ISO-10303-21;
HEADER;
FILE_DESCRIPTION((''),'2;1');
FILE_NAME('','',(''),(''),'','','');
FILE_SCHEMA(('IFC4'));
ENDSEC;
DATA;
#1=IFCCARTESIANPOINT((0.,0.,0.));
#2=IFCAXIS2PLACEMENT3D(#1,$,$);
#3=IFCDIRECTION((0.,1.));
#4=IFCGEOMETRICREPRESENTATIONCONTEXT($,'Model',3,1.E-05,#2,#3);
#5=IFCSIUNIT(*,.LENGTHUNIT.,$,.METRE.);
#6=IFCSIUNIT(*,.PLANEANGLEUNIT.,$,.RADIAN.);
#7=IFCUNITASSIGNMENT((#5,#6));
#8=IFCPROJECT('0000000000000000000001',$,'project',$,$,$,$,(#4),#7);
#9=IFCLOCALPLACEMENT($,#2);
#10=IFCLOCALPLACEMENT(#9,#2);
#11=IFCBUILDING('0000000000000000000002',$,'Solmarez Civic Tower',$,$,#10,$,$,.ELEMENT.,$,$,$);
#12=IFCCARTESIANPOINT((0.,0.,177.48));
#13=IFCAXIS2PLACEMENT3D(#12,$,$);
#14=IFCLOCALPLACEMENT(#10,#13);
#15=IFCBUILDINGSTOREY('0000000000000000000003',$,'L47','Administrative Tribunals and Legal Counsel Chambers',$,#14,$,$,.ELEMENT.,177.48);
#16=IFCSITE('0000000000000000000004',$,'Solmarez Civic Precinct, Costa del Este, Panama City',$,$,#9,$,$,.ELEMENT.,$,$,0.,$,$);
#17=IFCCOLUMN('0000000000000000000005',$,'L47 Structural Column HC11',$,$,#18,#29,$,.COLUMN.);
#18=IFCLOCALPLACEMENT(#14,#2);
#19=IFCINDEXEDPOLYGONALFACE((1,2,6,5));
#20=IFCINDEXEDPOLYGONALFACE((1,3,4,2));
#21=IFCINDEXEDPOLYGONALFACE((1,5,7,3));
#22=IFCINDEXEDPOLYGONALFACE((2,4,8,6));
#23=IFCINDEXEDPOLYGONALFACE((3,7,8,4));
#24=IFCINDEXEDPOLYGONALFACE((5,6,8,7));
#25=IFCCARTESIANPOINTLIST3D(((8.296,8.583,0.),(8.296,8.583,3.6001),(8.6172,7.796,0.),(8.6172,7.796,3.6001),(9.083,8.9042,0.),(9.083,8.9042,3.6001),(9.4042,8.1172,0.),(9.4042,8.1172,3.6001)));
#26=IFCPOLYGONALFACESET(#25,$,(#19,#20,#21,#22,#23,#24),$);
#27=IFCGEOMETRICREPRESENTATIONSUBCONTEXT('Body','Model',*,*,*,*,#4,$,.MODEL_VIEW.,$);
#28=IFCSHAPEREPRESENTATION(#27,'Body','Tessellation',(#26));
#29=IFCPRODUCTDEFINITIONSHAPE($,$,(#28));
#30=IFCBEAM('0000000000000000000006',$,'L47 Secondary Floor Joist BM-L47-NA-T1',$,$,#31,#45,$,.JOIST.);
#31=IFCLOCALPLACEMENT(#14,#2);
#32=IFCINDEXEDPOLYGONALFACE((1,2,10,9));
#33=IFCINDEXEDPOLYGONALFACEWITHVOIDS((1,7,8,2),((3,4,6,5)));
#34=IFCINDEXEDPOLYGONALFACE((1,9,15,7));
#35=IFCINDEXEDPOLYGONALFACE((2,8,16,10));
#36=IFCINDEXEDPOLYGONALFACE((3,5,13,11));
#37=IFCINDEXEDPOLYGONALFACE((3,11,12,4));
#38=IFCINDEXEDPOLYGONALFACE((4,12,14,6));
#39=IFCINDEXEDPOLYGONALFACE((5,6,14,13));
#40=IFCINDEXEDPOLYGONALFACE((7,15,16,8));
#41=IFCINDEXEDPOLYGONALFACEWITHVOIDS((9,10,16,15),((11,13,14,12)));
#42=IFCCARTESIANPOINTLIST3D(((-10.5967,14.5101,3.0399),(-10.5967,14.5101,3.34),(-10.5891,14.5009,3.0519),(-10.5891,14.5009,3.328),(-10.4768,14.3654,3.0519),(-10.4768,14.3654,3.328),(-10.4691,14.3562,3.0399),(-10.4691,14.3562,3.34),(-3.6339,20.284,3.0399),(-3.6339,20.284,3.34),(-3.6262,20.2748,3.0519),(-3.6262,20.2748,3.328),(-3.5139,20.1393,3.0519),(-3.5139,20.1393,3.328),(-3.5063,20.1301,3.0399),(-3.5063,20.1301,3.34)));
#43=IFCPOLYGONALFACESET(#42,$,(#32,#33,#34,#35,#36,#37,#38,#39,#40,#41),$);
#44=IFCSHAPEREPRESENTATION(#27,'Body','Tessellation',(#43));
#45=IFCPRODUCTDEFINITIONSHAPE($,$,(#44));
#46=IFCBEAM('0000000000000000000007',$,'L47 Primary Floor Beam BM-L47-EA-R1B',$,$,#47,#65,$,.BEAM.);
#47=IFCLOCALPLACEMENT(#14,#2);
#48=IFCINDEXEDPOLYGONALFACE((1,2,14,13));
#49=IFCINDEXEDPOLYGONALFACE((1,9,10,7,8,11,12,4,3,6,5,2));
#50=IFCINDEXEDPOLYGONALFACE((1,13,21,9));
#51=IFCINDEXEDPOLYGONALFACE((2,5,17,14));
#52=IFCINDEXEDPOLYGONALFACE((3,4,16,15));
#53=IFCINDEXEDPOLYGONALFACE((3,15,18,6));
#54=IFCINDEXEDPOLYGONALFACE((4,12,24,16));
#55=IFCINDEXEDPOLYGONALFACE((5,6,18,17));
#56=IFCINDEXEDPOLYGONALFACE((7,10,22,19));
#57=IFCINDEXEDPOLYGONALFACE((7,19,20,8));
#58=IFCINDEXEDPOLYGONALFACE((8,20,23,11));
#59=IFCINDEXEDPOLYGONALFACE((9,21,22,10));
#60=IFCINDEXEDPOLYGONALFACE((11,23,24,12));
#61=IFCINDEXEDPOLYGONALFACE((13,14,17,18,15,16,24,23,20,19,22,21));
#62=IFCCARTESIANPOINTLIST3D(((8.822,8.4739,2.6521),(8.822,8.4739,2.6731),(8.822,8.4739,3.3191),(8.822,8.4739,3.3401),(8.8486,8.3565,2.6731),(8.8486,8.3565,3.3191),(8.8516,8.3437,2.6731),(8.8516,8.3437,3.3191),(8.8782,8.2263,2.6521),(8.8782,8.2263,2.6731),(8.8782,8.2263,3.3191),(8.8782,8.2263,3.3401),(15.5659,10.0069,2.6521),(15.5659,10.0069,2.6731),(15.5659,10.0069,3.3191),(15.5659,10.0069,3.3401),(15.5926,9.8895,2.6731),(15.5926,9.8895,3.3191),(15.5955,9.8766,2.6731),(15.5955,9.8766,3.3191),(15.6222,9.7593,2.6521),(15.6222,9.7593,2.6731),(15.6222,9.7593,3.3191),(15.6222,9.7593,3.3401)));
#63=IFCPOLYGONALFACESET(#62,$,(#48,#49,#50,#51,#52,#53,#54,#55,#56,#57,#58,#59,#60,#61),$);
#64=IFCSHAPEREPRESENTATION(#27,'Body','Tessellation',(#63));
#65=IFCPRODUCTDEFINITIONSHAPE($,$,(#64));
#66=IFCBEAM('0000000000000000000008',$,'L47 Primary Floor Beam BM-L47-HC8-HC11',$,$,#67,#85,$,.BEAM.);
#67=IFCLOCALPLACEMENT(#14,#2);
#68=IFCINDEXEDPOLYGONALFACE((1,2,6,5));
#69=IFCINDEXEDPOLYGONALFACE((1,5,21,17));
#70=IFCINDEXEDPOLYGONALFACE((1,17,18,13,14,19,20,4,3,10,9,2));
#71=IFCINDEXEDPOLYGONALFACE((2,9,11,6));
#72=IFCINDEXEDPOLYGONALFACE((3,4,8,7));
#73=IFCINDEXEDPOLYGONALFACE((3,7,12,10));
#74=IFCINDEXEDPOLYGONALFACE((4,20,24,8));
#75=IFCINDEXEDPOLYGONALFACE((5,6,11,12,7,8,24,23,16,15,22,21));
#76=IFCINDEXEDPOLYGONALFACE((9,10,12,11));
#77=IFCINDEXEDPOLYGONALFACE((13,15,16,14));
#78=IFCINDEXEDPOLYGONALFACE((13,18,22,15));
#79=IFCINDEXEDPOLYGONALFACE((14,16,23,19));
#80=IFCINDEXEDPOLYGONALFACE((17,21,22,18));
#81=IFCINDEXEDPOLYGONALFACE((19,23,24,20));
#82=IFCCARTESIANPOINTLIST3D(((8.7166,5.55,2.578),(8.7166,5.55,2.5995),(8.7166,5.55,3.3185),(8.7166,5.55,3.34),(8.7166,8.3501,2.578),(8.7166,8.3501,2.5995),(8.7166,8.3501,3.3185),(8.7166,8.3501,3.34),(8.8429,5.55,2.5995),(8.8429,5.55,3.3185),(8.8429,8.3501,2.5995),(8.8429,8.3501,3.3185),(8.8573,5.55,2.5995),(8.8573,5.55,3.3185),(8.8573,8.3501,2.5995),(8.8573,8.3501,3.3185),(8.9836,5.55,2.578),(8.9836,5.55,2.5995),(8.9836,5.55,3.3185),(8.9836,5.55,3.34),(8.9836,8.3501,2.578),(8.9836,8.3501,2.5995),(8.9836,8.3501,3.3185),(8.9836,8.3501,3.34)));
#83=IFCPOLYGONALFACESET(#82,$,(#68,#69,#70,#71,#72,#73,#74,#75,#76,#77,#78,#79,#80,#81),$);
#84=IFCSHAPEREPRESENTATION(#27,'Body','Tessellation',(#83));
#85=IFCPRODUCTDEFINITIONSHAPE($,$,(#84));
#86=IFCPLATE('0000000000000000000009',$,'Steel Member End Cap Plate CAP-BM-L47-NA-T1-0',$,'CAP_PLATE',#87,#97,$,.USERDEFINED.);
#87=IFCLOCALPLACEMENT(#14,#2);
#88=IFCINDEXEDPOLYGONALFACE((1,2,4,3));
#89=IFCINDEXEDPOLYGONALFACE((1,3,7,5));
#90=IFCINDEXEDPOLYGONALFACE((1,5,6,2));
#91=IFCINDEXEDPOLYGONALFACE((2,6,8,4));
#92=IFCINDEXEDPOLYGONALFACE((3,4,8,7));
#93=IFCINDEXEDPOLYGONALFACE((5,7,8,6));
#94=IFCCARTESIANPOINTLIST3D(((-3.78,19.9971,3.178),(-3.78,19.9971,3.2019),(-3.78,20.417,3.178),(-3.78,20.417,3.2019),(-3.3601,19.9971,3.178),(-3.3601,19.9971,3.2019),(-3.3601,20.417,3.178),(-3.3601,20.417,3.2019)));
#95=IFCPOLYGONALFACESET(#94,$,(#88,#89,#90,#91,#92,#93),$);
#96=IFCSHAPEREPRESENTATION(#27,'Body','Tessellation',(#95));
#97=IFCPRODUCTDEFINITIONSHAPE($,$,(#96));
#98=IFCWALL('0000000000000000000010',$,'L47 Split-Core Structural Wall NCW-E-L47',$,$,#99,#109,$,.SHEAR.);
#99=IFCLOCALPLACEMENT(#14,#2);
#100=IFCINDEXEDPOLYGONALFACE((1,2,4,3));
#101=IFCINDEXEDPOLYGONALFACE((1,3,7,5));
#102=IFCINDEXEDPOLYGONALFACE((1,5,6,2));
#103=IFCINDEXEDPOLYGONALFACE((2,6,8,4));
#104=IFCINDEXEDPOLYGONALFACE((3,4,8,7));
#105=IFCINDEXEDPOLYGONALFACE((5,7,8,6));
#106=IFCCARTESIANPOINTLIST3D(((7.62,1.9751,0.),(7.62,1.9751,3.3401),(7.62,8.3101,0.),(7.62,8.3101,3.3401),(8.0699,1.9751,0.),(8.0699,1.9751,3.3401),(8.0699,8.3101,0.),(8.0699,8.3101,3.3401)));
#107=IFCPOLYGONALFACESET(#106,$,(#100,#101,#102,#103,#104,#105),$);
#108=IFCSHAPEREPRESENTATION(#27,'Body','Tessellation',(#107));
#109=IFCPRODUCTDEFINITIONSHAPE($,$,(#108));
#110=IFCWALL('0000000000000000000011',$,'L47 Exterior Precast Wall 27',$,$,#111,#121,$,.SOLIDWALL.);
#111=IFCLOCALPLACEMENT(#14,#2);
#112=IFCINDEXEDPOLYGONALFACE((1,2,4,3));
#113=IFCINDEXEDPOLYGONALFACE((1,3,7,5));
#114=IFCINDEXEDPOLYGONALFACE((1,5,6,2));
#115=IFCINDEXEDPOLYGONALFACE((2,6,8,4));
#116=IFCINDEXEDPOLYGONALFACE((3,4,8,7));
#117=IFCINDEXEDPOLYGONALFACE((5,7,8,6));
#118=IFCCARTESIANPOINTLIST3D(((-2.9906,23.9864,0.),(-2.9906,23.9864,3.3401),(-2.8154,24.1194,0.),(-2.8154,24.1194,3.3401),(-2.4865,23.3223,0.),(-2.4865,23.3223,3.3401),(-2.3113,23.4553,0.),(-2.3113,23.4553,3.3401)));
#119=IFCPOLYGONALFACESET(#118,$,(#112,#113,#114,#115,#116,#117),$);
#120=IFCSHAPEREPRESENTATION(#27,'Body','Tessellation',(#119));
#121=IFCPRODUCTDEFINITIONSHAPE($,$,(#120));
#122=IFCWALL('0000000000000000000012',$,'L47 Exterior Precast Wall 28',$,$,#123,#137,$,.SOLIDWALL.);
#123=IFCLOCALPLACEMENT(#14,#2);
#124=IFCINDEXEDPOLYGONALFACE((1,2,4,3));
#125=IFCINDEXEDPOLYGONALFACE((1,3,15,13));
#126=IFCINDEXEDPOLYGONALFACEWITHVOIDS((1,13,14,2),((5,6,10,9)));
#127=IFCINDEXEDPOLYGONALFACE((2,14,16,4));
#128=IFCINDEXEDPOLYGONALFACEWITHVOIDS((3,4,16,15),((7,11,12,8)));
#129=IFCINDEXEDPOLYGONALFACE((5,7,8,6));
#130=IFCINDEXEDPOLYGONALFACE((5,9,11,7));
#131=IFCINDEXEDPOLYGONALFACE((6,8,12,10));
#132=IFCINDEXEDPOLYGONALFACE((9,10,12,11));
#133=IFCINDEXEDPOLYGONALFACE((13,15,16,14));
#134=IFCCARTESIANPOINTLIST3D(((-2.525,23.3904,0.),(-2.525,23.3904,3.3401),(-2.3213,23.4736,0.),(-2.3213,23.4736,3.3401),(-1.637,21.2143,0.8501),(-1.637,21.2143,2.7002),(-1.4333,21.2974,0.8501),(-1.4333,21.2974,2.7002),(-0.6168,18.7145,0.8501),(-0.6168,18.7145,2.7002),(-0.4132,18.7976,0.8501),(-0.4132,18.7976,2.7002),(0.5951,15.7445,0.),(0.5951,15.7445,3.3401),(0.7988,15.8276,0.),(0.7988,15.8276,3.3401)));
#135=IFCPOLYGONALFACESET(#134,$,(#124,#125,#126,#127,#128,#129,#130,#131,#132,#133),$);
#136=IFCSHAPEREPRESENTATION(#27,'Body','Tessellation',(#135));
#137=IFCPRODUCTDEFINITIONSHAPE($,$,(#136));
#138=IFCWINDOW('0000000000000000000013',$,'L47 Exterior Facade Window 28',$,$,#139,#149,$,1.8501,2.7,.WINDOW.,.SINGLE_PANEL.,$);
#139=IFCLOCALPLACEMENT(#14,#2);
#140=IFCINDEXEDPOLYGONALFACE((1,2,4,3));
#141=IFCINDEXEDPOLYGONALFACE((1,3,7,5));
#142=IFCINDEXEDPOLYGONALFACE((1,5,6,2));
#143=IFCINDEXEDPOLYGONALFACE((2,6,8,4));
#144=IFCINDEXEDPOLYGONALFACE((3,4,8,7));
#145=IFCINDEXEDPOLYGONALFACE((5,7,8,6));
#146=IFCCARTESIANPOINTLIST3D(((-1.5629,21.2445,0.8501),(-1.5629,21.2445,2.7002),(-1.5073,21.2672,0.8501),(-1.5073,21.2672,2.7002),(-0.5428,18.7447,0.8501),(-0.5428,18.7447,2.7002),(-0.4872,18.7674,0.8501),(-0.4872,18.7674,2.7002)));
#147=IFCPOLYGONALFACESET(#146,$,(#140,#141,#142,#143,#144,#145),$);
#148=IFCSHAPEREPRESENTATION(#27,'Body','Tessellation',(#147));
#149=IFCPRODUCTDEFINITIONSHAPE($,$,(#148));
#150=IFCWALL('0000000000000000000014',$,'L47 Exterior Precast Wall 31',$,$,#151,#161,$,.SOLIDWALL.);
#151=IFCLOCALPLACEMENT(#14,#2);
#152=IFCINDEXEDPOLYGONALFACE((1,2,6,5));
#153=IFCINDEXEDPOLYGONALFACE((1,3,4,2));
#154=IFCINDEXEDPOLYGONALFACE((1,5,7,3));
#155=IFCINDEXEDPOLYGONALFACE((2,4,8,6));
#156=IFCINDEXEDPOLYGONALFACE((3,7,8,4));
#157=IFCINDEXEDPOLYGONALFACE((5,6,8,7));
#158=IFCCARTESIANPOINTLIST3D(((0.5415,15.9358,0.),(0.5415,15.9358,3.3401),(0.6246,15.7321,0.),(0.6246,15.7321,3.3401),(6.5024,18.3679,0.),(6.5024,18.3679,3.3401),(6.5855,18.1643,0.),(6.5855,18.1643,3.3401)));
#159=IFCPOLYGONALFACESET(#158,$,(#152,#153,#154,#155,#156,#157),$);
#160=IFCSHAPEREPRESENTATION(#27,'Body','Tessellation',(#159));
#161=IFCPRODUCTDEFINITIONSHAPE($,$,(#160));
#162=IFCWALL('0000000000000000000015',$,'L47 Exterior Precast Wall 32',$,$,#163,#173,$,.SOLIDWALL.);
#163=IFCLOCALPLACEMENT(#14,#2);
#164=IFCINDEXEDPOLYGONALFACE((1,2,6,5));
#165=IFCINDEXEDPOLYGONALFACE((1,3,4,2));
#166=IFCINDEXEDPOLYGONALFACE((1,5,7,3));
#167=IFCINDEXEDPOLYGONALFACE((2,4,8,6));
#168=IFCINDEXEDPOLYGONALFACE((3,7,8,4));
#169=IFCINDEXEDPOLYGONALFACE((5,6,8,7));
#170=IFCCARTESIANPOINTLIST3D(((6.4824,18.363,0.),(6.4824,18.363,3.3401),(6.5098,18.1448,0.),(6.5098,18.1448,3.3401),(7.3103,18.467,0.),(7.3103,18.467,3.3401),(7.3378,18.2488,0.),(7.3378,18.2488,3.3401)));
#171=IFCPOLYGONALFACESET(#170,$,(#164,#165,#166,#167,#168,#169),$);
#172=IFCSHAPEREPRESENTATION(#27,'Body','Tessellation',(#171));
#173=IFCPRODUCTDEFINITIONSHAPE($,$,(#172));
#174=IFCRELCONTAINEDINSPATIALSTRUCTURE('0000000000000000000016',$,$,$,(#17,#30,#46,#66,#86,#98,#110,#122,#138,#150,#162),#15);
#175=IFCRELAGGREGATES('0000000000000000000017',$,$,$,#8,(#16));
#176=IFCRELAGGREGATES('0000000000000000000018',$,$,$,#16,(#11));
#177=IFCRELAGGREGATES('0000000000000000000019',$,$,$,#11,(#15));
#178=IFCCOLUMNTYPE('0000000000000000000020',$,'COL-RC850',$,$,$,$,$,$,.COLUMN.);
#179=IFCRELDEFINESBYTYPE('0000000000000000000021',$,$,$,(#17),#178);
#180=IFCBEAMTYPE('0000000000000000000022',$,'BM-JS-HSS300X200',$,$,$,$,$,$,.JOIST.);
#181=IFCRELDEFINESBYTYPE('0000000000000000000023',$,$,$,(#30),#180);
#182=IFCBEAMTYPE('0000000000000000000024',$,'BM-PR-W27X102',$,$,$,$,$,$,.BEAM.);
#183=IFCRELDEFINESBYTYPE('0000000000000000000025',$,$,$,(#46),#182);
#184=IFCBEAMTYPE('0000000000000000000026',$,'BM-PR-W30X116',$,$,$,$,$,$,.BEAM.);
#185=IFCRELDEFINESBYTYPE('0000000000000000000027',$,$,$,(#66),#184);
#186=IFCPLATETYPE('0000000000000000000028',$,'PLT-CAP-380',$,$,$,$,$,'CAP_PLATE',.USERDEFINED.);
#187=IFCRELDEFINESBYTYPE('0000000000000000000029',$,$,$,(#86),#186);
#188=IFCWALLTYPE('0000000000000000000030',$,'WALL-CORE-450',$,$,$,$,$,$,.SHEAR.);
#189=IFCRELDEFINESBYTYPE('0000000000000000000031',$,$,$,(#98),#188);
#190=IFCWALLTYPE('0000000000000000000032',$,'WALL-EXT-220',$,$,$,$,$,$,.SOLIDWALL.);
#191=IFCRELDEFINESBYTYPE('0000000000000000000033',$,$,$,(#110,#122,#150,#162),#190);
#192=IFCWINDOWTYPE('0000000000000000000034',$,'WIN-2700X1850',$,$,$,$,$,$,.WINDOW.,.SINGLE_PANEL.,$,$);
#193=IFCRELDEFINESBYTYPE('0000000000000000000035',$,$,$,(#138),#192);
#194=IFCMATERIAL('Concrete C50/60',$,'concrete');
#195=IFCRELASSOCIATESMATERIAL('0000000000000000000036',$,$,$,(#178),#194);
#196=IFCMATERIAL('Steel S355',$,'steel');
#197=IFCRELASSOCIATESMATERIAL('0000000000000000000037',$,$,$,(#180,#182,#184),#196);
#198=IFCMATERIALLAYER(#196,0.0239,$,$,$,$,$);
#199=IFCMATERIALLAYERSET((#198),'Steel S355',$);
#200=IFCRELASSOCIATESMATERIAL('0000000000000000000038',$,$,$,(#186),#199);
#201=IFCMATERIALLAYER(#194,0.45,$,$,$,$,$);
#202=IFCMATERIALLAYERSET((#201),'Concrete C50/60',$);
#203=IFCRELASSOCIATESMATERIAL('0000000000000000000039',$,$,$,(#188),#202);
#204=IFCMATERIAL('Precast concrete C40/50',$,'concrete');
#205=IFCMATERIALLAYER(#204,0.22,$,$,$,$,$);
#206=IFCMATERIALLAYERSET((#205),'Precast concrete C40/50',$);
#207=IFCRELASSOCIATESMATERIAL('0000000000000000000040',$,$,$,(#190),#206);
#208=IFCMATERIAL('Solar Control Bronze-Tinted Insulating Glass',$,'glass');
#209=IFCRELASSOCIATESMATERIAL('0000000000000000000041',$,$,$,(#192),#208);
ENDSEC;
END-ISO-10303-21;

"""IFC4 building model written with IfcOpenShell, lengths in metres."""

from ifc_helpers import new_model, si_unit, direction, frame, frame_2d, origin, origin_2d, place, context, subcontext, project, spatial, rectangle, hollow_rectangle, i_section, extrude, material, layer, layer_set, material_profile, profile_set, type_object, element, fill, save


model = new_model("IFC4")

# Units and contexts
model_context = context("Model", 3, precision=1e-05, world=origin(), true_north=direction((0.0, 1.0)))
body_context = subcontext(model_context, "Body", "Model", "MODEL_VIEW")
ifc_project = project(units=[si_unit("LENGTHUNIT", "METRE"), si_unit("PLANEANGLEUNIT", "RADIAN")], contexts=[model_context])

# Site, building, storey
site_placement = place(None, origin())
site = spatial("IfcSite", under=ifc_project, at=site_placement, Name="Solmarez Civic Precinct, Costa del Este, Panama City", CompositionType="ELEMENT", RefElevation=0.0)
building_placement = place(site_placement, origin())
building = spatial("IfcBuilding", under=site, at=building_placement, Name="Solmarez Civic Tower", CompositionType="ELEMENT")
storey_placement = place(building_placement, frame((0.0, 0.0, 177.48)))
storey = spatial("IfcBuildingStorey", under=building, at=storey_placement, Name="L47", Description="Administrative Tribunals and Legal Counsel Chambers", CompositionType="ELEMENT", Elevation=177.48)

# Column
ifc_material_1 = material(Name="Concrete C50/60", Category="concrete")
ifc_material_profile_1 = material_profile(ifc_material_1, rectangle(XDim=0.8501, YDim=0.8501, at=origin_2d()), Name="RC850X850")
ifc_profile_set_1 = profile_set([ifc_material_profile_1], Name="Concrete C50/60")
column_type = type_object("IfcColumnType", Name="COL-RC850", PredefinedType="COLUMN", material=ifc_profile_set_1)
column_placement = place(storey_placement, frame((8.8501, 8.3501, 0.0), z_axis=(0.0, 0.0, 1.0), x_axis=(0.925871, 0.377841, 0.0)))
element("IfcColumn", 1, at=column_placement, inside=storey, type_object=column_type, Name="L47 Structural Column HC11", PredefinedType="COLUMN", context=body_context, shape_type="SweptSolid", body=[
    extrude(rectangle(XDim=0.8501, YDim=0.8501, at=origin_2d()), origin(), (0.0, 0.0, 1.0), 3.6001),
])

# Beams
ifc_material_2 = material(Name="Steel S355", Category="steel")
ifc_material_profile_2 = material_profile(ifc_material_2, hollow_rectangle(XDim=0.2, YDim=0.3, WallThickness=0.012, at=origin_2d()), Name="HSS300X200X12")
ifc_profile_set_2 = profile_set([ifc_material_profile_2], Name="Steel S355")
beam_type_1 = type_object("IfcBeamType", Name="BM-JS-HSS300X200", PredefinedType="JOIST", material=ifc_profile_set_2)
beam_1_placement = place(storey_placement, frame((-3.5701, 20.207, 3.1899), z_axis=(-0.769768, -0.638324, 0.0), x_axis=(0.638324, -0.769768, 0.0)))
element("IfcBeam", 2, at=beam_1_placement, inside=storey, type_object=beam_type_1, Name="L47 Secondary Floor Joist BM-L47-NA-T1", PredefinedType="JOIST", context=body_context, shape_type="SweptSolid", body=[
    extrude(hollow_rectangle(XDim=0.2, YDim=0.3, WallThickness=0.012, at=origin_2d()), origin(), (0.0, 0.0, 1.0), 9.0454),
])
ifc_material_profile_3 = material_profile(ifc_material_2, i_section(OverallWidth=0.2539, OverallDepth=0.688, WebThickness=0.0132, FlangeThickness=0.021, at=origin_2d()), Name="W27X102")
ifc_profile_set_3 = profile_set([ifc_material_profile_3], Name="Steel S355")
beam_type_2 = type_object("IfcBeamType", Name="BM-PR-W27X102", PredefinedType="BEAM", material=ifc_profile_set_3)
beam_2_placement = place(storey_placement, frame((8.8501, 8.3501, 2.9961), z_axis=(0.975125, 0.221656, 0.0), x_axis=(-0.221656, 0.975125, 0.0)))
element("IfcBeam", 3, at=beam_2_placement, inside=storey, type_object=beam_type_2, Name="L47 Primary Floor Beam BM-L47-EA-R1B", PredefinedType="BEAM", context=body_context, shape_type="SweptSolid", body=[
    extrude(i_section(OverallWidth=0.2539, OverallDepth=0.688, WebThickness=0.0132, FlangeThickness=0.021, at=origin_2d()), origin(), (0.0, 0.0, 1.0), 6.916),
])
ifc_material_profile_4 = material_profile(ifc_material_2, i_section(OverallWidth=0.2671, OverallDepth=0.762, WebThickness=0.0144, FlangeThickness=0.0215, at=origin_2d()), Name="W30X116")
ifc_profile_set_4 = profile_set([ifc_material_profile_4], Name="Steel S355")
beam_type_3 = type_object("IfcBeamType", Name="BM-PR-W30X116", PredefinedType="BEAM", material=ifc_profile_set_4)
beam_3_placement = place(storey_placement, frame((8.8501, 5.55, 2.959), z_axis=(0.0, 1.0, 0.0), x_axis=(-1.0, 0.0, 0.0)))
element("IfcBeam", 4, at=beam_3_placement, inside=storey, type_object=beam_type_3, Name="L47 Primary Floor Beam BM-L47-HC8-HC11", PredefinedType="BEAM", context=body_context, shape_type="SweptSolid", body=[
    extrude(i_section(OverallWidth=0.2671, OverallDepth=0.762, WebThickness=0.0144, FlangeThickness=0.0215, at=origin_2d()), origin(), (0.0, 0.0, 1.0), 2.8),
])

# Plate
ifc_layer_1 = layer(ifc_material_2, 0.0239)
ifc_layer_set_1 = layer_set([ifc_layer_1], Name="Steel S355")
plate_type = type_object("IfcPlateType", Name="PLT-CAP-380", ElementType="CAP_PLATE", PredefinedType="USERDEFINED", material=ifc_layer_set_1)
plate_placement = place(storey_placement, frame((-3.5701, 20.207, 3.178), z_axis=(0.0, 0.0, 1.0), x_axis=(1.0, 0.0, 0.0)))
element("IfcPlate", 5, at=plate_placement, inside=storey, type_object=plate_type, Name="Steel Member End Cap Plate CAP-BM-L47-NA-T1-0", ObjectType="CAP_PLATE", PredefinedType="USERDEFINED", context=body_context, shape_type="SweptSolid", body=[
    extrude(rectangle(XDim=0.4199, YDim=0.4199, at=origin_2d()), origin(), (0.0, 0.0, 1.0), 0.0239),
])

# Walls
ifc_layer_2 = layer(ifc_material_1, 0.45)
ifc_layer_set_2 = layer_set([ifc_layer_2], Name="Concrete C50/60")
wall_type_1 = type_object("IfcWallType", Name="WALL-CORE-450", PredefinedType="SHEAR", material=ifc_layer_set_2)
wall_1_placement = place(storey_placement, frame((7.845, 8.3101, 0.0), z_axis=(0.0, 0.0, 1.0), x_axis=(0.0, -1.0, 0.0)))
element("IfcWall", 6, at=wall_1_placement, inside=storey, type_object=wall_type_1, Name="L47 Split-Core Structural Wall NCW-E-L47", PredefinedType="SHEAR", context=body_context, shape_type="SweptSolid", body=[
    extrude(rectangle(XDim=6.335, YDim=0.45, at=frame_2d((3.1675, 0.0))), origin(), (0.0, 0.0, 1.0), 3.3401),
])
ifc_material_3 = material(Name="Precast concrete C40/50", Category="concrete")
ifc_layer_3 = layer(ifc_material_3, 0.22)
ifc_layer_set_3 = layer_set([ifc_layer_3], Name="Precast concrete C40/50")
wall_type_2 = type_object("IfcWallType", Name="WALL-EXT-220", PredefinedType="SOLIDWALL", material=ifc_layer_set_3)
wall_2_placement = place(storey_placement, frame((-2.9031, 24.053, 0.0), z_axis=(0.0, 0.0, 1.0), x_axis=(0.604675, -0.796472, 0.0)))
element("IfcWall", 7, at=wall_2_placement, inside=storey, type_object=wall_type_2, Name="L47 Exterior Precast Wall 27", PredefinedType="SOLIDWALL", context=body_context, shape_type="SweptSolid", body=[
    extrude(rectangle(XDim=0.8337, YDim=0.22, at=frame_2d((0.417, 0.0))), origin(), (0.0, 0.0, 1.0), 3.3401),
])

# Wall, opening, window
wall_3_placement = place(storey_placement, frame((-2.4231, 23.4319, 0.0), z_axis=(0.0, 0.0, 1.0), x_axis=(0.377825, -0.925877, 0.0)))
wall_3 = element("IfcWall", 8, at=wall_3_placement, inside=storey, type_object=wall_type_2, Name="L47 Exterior Precast Wall 28", PredefinedType="SOLIDWALL", context=body_context, shape_type="SweptSolid", body=[
    extrude(rectangle(XDim=8.2581, YDim=0.22, at=frame_2d((4.1289, 0.0))), origin(), (0.0, 0.0, 1.0), 3.3401),
])
opening_placement = place(wall_3_placement, frame((2.3501, 0.0, 0.8501)))
opening = element("IfcOpeningElement", 9, at=opening_placement, cuts=wall_3, PredefinedType="OPENING", context=body_context, shape_type="SweptSolid", body=[
    extrude(rectangle(XDim=2.7, YDim=1.8501, at=frame_2d((1.3501, 0.925))), frame((0.0, 0.1199, 0.0), z_axis=(0.0, -1.0, 0.0), x_axis=(1.0, 0.0, 0.0)), (0.0, 0.0, 1.0), 0.24),
])
ifc_material_4 = material(Name="Solar Control Bronze-Tinted Insulating Glass", Category="glass")
window_type = type_object("IfcWindowType", Name="WIN-2700X1850", PartitioningType="SINGLE_PANEL", PredefinedType="WINDOW", material=ifc_material_4)
window_placement = place(opening_placement, origin())
window = element("IfcWindow", 10, at=window_placement, inside=storey, type_object=window_type, Name="L47 Exterior Facade Window 28", OverallHeight=1.8501, OverallWidth=2.7, PartitioningType="SINGLE_PANEL", PredefinedType="WINDOW", context=body_context, shape_type="SweptSolid", body=[
    extrude(rectangle(XDim=2.7, YDim=1.8501, at=frame_2d((1.3501, 0.925))), frame((0.0, 0.03, 0.0), z_axis=(0.0, -1.0, 0.0), x_axis=(1.0, 0.0, 0.0)), (0.0, 0.0, 1.0), 0.0601),
])
fill(opening, window)

# Walls
wall_4_placement = place(storey_placement, frame((0.583, 15.834, 0.0), z_axis=(0.0, 0.0, 1.0), x_axis=(0.925897, 0.377776, 0.0)))
element("IfcWall", 11, at=wall_4_placement, inside=storey, type_object=wall_type_2, Name="L47 Exterior Precast Wall 31", PredefinedType="SOLIDWALL", context=body_context, shape_type="SweptSolid", body=[
    extrude(rectangle(XDim=6.438, YDim=0.22, at=frame_2d((3.219, 0.0))), origin(), (0.0, 0.0, 1.0), 3.3401),
])
wall_5_placement = place(storey_placement, frame((6.4961, 18.2539, 0.0), z_axis=(0.0, 0.0, 1.0), x_axis=(0.992201, 0.124647, 0.0)))
element("IfcWall", 12, at=wall_5_placement, inside=storey, type_object=wall_type_2, Name="L47 Exterior Precast Wall 32", PredefinedType="SOLIDWALL", context=body_context, shape_type="SweptSolid", body=[
    extrude(rectangle(XDim=0.8345, YDim=0.22, at=frame_2d((0.4172, 0.0))), origin(), (0.0, 0.0, 1.0), 3.3401),
])

save(model, "model.ifc")
